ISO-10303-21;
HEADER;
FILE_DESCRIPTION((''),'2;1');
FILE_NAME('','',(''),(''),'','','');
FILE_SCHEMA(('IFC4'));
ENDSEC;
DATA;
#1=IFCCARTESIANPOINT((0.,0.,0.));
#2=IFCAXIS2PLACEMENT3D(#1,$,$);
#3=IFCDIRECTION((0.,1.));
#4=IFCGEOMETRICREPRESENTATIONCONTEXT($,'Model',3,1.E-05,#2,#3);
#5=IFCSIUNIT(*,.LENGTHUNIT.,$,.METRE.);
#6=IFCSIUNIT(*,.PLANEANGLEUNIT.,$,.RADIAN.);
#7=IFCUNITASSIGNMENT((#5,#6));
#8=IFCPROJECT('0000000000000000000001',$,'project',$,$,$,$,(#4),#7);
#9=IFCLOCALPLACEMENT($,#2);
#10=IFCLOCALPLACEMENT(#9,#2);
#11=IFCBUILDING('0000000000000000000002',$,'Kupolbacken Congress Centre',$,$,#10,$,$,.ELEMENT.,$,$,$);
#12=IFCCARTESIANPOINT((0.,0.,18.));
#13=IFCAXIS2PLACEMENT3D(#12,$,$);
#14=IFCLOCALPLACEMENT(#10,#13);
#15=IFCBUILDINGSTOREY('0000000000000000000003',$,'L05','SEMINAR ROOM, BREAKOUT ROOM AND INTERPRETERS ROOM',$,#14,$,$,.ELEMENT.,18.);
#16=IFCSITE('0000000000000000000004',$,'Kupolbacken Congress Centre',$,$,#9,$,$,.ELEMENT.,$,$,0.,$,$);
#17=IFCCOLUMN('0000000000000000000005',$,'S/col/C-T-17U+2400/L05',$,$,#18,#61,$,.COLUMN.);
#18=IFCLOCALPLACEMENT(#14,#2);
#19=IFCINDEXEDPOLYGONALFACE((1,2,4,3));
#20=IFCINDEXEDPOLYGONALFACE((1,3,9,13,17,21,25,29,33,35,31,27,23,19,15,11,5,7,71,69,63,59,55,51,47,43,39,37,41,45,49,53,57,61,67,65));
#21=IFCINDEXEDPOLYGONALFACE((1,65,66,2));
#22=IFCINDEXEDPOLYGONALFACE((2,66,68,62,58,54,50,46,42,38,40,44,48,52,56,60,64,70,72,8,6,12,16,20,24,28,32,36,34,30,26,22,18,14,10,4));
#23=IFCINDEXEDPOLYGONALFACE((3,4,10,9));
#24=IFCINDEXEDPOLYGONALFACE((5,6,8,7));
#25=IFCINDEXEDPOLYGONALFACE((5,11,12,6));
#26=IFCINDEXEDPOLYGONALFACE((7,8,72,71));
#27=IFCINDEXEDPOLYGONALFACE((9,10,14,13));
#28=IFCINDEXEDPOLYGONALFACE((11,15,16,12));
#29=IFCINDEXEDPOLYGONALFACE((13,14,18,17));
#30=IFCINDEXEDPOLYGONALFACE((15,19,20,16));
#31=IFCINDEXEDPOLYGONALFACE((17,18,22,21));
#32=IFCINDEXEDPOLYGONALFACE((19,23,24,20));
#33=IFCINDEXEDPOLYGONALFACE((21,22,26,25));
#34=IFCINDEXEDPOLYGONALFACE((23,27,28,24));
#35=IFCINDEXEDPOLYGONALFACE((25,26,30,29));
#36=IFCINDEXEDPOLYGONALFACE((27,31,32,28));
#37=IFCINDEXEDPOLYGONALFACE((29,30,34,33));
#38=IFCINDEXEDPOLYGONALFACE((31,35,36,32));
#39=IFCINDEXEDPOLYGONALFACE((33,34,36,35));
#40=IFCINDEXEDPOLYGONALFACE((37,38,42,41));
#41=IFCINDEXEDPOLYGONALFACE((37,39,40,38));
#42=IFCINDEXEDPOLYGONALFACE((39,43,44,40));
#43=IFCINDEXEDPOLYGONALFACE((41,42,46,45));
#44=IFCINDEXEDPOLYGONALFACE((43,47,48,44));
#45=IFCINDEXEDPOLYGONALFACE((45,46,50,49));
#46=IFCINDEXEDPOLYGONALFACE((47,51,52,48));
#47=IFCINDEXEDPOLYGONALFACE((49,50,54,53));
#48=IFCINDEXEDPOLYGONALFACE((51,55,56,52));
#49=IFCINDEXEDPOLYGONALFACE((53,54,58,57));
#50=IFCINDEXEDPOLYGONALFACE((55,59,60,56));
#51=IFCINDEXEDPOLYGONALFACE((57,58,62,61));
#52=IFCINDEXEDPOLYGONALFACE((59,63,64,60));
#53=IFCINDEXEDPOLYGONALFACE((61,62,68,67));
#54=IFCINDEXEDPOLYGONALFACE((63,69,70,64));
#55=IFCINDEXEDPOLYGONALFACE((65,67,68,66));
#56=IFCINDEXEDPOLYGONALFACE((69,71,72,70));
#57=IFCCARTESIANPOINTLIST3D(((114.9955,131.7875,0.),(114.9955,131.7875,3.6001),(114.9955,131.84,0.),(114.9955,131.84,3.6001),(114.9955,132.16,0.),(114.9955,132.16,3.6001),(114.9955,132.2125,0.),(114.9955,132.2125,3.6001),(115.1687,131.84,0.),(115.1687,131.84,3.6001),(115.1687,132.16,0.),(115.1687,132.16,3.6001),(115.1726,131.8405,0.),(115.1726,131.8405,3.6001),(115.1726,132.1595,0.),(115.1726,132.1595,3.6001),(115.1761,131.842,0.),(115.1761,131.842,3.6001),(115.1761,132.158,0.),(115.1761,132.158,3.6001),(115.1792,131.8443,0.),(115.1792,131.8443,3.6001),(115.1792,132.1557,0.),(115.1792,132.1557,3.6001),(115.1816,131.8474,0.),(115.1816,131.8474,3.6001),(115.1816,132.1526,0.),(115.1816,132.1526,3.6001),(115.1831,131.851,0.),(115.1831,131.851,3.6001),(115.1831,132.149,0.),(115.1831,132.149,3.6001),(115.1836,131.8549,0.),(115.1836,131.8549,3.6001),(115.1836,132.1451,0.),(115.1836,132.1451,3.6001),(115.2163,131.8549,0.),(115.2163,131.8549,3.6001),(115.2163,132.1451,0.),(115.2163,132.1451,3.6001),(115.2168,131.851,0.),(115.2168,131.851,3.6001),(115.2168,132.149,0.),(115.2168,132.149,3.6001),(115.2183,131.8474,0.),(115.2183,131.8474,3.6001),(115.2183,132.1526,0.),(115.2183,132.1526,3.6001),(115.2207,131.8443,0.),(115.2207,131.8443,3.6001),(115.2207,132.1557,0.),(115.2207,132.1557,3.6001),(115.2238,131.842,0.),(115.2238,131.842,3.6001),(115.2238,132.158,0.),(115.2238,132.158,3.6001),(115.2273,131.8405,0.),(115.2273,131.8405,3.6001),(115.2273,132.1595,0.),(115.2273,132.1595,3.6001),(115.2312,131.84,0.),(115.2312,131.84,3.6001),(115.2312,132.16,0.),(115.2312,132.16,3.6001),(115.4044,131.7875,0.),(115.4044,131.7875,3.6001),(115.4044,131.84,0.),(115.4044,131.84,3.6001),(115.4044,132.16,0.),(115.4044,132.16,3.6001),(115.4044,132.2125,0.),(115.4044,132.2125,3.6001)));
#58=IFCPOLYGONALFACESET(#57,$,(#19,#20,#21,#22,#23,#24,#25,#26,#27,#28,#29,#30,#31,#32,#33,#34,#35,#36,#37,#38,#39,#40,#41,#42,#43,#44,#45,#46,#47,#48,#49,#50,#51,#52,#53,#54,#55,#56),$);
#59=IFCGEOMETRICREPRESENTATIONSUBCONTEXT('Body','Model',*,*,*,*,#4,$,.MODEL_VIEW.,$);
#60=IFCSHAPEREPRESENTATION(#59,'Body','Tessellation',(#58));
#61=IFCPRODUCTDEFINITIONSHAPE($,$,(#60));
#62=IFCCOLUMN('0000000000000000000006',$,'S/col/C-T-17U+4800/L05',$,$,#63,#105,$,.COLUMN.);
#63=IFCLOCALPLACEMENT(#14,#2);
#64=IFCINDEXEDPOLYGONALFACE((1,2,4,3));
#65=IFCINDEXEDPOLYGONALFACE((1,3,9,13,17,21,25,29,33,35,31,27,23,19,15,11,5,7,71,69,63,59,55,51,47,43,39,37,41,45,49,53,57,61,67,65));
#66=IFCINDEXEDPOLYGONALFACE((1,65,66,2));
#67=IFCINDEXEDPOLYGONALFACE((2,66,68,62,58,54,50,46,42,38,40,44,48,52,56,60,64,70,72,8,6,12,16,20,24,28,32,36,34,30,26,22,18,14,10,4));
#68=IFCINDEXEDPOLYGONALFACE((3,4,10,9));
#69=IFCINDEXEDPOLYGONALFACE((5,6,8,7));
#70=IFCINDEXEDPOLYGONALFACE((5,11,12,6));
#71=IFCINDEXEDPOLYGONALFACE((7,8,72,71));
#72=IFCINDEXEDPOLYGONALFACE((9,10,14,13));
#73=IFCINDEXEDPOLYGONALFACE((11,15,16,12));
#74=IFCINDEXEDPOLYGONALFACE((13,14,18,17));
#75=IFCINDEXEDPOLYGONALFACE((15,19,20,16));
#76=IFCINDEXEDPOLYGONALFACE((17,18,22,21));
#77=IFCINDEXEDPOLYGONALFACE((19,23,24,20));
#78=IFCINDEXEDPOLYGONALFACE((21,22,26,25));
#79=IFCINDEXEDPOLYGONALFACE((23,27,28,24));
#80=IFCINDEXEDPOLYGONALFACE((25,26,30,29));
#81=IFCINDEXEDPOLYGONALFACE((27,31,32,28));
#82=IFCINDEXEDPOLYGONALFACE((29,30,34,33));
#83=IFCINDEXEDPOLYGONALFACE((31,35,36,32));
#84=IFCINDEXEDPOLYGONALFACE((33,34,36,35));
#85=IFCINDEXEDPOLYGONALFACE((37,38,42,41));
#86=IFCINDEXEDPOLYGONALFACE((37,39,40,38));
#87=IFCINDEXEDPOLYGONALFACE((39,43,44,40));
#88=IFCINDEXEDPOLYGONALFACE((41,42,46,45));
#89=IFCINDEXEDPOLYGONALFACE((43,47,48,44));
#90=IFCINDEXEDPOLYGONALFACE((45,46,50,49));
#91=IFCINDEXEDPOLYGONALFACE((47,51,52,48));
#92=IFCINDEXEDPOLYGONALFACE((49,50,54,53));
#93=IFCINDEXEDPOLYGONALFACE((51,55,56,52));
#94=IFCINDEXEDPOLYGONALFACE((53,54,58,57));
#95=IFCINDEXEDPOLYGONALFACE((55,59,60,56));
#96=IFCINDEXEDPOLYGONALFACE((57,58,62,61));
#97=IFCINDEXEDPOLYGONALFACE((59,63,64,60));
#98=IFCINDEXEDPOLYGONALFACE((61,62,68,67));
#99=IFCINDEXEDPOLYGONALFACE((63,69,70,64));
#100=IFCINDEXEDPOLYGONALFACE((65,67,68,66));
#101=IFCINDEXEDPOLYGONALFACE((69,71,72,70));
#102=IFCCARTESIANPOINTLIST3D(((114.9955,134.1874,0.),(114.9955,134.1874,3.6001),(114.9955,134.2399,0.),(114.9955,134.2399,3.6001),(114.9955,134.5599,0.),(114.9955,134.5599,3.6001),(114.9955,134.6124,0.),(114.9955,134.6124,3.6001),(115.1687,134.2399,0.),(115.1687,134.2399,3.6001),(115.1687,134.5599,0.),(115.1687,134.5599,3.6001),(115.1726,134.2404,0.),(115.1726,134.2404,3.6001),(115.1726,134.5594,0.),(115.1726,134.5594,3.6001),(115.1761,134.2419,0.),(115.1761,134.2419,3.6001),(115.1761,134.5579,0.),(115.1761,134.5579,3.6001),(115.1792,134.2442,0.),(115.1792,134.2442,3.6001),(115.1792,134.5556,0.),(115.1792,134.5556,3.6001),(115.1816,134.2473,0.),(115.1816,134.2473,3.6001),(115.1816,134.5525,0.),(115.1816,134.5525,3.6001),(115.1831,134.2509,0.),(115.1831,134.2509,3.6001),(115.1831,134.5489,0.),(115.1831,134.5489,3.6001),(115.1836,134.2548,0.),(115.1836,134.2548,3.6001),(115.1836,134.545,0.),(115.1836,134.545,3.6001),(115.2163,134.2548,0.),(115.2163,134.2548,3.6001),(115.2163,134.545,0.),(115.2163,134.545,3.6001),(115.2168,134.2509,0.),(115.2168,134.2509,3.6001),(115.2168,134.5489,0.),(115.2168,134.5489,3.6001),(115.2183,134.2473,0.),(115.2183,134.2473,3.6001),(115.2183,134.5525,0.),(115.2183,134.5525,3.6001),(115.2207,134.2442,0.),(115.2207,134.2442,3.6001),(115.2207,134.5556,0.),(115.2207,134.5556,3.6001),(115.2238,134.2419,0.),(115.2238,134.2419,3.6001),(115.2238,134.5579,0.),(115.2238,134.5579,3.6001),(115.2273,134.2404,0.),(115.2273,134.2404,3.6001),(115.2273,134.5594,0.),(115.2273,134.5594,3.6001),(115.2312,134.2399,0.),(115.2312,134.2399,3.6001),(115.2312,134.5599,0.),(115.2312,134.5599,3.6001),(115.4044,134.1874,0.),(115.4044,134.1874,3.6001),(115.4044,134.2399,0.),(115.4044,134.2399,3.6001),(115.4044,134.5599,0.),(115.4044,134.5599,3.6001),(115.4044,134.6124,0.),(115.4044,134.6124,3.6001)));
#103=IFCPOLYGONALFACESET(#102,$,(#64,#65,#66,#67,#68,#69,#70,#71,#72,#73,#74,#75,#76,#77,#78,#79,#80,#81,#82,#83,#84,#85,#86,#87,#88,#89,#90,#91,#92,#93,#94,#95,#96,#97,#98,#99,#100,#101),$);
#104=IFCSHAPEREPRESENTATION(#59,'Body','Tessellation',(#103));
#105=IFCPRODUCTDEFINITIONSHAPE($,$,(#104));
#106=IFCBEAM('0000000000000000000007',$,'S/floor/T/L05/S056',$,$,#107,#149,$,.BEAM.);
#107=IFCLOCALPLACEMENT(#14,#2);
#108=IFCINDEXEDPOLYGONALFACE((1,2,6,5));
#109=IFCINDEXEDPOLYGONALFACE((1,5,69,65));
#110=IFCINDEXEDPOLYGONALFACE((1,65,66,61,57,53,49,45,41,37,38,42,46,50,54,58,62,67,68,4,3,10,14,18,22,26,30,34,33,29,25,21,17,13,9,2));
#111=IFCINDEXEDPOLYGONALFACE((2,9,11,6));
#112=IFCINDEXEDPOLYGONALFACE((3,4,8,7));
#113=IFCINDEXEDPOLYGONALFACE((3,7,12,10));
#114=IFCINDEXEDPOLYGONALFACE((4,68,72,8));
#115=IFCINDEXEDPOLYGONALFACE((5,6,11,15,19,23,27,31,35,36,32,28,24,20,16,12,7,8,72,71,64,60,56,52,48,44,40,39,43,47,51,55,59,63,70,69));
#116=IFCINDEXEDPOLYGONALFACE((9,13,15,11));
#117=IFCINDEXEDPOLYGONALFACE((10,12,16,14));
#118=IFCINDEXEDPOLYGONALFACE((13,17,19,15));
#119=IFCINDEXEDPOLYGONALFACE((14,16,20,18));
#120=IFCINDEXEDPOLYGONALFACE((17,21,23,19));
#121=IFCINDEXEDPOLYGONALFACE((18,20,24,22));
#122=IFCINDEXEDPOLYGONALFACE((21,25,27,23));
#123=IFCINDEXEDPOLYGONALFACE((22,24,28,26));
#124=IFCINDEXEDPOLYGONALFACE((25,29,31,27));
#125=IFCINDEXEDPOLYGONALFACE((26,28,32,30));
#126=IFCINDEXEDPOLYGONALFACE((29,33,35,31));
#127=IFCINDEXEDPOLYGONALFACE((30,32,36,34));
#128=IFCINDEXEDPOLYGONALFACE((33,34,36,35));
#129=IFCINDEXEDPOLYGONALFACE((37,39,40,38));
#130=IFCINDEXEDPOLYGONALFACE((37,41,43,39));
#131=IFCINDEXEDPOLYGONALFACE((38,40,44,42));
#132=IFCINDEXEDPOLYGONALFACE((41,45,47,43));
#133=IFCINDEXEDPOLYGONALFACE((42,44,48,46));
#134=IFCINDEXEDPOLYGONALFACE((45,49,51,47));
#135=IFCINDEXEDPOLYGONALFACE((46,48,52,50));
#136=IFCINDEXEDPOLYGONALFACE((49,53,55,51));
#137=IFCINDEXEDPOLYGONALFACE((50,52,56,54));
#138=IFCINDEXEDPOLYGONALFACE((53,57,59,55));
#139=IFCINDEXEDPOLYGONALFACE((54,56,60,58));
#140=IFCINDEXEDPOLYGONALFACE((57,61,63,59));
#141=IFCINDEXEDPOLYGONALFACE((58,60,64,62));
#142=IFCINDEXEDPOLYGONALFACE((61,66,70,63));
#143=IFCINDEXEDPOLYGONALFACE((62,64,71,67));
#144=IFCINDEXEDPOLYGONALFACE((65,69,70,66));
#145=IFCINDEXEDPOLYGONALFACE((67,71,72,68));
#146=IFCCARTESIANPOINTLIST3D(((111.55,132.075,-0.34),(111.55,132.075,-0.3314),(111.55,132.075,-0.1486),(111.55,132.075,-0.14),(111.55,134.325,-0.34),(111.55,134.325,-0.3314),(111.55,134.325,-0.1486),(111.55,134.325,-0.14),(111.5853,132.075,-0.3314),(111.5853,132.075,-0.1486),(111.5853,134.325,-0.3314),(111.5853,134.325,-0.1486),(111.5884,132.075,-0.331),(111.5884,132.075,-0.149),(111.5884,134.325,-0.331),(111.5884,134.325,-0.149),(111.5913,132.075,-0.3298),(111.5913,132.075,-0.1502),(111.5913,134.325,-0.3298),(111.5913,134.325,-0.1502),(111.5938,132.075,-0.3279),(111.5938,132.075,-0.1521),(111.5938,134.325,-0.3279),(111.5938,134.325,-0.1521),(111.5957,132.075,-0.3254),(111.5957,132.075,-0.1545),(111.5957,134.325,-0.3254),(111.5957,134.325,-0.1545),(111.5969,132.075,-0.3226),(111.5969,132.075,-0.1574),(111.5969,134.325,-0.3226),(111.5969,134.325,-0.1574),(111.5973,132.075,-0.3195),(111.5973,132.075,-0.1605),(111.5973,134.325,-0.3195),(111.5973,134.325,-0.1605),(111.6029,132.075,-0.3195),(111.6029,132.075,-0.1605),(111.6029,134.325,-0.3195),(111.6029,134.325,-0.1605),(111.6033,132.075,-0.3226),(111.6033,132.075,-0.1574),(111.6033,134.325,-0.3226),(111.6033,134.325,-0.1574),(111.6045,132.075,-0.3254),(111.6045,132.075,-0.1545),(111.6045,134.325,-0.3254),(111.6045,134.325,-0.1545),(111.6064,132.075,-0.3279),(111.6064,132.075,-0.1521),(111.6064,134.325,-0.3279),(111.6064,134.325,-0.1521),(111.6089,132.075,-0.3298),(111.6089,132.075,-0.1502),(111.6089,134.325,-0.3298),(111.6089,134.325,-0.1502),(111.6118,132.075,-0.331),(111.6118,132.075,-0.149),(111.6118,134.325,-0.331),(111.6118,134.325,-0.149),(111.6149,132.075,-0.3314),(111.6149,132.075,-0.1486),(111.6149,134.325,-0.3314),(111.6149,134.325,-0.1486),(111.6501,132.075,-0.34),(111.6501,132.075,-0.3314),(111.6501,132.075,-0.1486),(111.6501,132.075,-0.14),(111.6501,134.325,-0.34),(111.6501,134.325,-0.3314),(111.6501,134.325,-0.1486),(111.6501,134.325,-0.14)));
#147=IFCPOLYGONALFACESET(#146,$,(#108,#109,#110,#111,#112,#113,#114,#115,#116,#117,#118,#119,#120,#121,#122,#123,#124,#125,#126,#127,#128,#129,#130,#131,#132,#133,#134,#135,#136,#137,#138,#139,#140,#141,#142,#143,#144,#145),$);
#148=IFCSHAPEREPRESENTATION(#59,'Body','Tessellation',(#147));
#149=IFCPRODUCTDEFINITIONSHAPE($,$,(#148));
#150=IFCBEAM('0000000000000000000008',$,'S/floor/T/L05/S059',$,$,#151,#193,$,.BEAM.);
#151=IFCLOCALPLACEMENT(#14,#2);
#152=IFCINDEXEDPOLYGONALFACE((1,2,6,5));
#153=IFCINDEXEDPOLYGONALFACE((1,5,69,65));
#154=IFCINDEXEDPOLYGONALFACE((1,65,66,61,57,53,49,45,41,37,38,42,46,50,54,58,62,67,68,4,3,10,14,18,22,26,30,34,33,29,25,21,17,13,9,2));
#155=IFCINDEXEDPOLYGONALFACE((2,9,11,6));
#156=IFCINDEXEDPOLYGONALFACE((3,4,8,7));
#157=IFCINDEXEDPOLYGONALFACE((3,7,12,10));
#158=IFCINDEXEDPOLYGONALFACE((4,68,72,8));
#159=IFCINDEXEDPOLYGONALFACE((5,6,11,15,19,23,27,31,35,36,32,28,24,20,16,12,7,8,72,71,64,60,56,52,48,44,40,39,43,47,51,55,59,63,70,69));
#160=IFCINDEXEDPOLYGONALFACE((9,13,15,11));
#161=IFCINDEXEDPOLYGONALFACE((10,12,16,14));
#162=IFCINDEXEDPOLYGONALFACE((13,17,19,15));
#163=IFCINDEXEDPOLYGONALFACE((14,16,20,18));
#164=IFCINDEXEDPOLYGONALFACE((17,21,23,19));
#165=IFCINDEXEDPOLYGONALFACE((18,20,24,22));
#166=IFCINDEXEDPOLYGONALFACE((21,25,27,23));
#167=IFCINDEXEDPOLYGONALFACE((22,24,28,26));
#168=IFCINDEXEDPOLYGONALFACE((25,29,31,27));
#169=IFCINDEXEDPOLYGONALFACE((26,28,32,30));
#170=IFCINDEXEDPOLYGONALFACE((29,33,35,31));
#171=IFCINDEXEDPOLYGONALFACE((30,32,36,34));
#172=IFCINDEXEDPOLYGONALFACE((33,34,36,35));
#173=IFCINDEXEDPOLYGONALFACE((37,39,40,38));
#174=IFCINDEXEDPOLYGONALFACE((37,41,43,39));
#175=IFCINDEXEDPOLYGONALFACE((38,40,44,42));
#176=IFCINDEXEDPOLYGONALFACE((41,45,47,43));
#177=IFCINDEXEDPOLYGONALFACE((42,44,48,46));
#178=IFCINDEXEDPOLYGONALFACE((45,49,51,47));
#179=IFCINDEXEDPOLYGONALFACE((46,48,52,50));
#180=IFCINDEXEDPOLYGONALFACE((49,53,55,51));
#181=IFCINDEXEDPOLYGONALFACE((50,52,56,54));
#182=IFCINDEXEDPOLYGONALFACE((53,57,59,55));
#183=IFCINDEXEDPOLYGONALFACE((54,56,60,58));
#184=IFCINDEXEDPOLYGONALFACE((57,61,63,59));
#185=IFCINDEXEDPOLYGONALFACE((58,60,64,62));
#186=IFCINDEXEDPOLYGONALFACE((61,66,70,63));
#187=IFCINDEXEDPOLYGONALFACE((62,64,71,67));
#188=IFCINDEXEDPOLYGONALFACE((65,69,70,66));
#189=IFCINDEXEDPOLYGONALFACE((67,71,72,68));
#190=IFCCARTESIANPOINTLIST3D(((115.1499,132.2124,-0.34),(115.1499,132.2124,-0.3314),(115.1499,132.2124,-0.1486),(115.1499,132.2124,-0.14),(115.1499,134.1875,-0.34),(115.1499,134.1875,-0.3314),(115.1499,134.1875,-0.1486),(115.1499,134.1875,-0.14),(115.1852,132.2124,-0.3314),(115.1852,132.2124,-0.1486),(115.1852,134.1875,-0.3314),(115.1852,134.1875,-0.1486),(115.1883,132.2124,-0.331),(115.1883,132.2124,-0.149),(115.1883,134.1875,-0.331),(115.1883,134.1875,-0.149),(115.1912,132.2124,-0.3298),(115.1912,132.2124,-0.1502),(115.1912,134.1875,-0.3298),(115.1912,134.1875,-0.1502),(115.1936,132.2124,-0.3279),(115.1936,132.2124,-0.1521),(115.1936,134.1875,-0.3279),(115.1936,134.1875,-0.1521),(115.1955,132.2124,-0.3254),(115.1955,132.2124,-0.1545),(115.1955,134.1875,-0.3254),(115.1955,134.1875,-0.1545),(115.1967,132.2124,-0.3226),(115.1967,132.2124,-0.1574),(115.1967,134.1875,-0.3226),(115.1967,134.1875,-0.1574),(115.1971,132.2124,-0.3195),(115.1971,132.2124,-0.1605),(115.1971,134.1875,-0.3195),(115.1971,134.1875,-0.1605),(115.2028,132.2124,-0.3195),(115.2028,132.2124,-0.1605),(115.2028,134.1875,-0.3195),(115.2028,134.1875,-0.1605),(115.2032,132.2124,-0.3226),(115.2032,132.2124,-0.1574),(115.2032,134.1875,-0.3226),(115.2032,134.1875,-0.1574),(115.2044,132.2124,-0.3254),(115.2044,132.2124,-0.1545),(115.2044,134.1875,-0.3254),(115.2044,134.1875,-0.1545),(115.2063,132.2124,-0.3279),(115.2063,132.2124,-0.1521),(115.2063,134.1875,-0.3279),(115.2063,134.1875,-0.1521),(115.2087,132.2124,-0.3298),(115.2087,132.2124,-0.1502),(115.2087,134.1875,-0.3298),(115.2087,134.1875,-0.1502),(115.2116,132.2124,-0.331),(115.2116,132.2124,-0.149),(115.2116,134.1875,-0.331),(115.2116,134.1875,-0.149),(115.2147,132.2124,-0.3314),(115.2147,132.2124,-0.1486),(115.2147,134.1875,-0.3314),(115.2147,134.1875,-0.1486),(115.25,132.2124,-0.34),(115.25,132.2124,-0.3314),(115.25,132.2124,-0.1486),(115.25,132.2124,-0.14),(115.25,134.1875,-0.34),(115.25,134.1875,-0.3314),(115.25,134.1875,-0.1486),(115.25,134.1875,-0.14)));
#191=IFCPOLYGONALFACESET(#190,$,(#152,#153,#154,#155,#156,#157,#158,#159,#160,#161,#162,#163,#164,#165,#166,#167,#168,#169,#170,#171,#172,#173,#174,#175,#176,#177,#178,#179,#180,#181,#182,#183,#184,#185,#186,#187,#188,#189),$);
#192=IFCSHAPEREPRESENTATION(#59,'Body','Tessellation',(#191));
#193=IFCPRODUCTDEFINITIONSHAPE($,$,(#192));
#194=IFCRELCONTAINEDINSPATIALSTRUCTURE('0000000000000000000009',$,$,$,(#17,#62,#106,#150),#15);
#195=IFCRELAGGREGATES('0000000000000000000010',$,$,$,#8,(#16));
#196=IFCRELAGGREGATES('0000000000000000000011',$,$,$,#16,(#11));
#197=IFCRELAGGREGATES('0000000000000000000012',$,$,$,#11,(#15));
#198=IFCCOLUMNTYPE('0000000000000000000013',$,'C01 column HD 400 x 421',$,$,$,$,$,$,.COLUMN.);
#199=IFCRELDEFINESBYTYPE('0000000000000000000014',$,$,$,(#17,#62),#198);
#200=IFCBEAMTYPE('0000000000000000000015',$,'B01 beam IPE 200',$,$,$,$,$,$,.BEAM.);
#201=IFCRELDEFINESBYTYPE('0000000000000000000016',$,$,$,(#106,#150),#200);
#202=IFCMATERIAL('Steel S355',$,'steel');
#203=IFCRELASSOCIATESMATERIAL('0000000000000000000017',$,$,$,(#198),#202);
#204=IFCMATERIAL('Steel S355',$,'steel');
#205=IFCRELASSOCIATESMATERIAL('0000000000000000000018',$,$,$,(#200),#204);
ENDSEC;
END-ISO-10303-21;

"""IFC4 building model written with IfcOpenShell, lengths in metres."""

from ifc_helpers import new_model, si_unit, direction, frame, origin, origin_2d, place, context, subcontext, project, spatial, i_section, extrude, material, material_profile, profile_set, type_object, element, save


model = new_model("IFC4")

# Units and contexts
model_context = context("Model", 3, precision=1e-05, world=origin(), true_north=direction((0.0, 1.0)))
body_context = subcontext(model_context, "Body", "Model", "MODEL_VIEW")
ifc_project = project(units=[si_unit("LENGTHUNIT", "METRE"), si_unit("PLANEANGLEUNIT", "RADIAN")], contexts=[model_context])

# Site, building, storey
site_placement = place(None, origin())
site = spatial("IfcSite", under=ifc_project, at=site_placement, Name="Kupolbacken Congress Centre", CompositionType="ELEMENT", RefElevation=0.0)
building_placement = place(site_placement, origin())
building = spatial("IfcBuilding", under=site, at=building_placement, Name="Kupolbacken Congress Centre", CompositionType="ELEMENT")
storey_placement = place(building_placement, frame((0.0, 0.0, 18.0)))
storey = spatial("IfcBuildingStorey", under=building, at=storey_placement, Name="L05", Description="SEMINAR ROOM, BREAKOUT ROOM AND INTERPRETERS ROOM", CompositionType="ELEMENT", Elevation=18.0)

# Columns
ifc_material_1 = material(Name="Steel S355", Category="steel")
ifc_material_profile_1 = material_profile(ifc_material_1, i_section(OverallWidth=0.4089, OverallDepth=0.425, WebThickness=0.0327, FlangeThickness=0.0525, FilletRadius=0.0149, at=origin_2d()), Name="HD 400 x 421")
ifc_profile_set_1 = profile_set([ifc_material_profile_1], Name="Steel S355")
column_type = type_object("IfcColumnType", Name="C01 column HD 400 x 421", PredefinedType="COLUMN", material=ifc_profile_set_1)
for number, where, z_axis, x_axis, name in (
    (1, (115.2, 132.0, 0.0), (0.0, 0.0, 1.0), (1.0, 0.0, 0.0), "S/col/C-T-17U+2400/L05"),
    (2, (115.2, 134.3999, 0.0), (0.0, 0.0, 1.0), (1.0, 0.0, 0.0), "S/col/C-T-17U+4800/L05"),
):
    element("IfcColumn", number, at=place(storey_placement, frame(where, z_axis=z_axis, x_axis=x_axis)), inside=storey, type_object=column_type, Name=name, PredefinedType="COLUMN", context=body_context, shape_type="SweptSolid", body=[
        extrude(i_section(OverallWidth=0.4089, OverallDepth=0.425, WebThickness=0.0327, FlangeThickness=0.0525, FilletRadius=0.0149, at=origin_2d()), origin(), (0.0, 0.0, 1.0), 3.6001),
    ])

# Beams
ifc_material_2 = material(Name="Steel S355", Category="steel")
ifc_material_profile_2 = material_profile(ifc_material_2, i_section(OverallWidth=0.1001, OverallDepth=0.2, WebThickness=0.0056, FlangeThickness=0.0085, FilletRadius=0.012, at=origin_2d()), Name="IPE 200")
ifc_profile_set_2 = profile_set([ifc_material_profile_2], Name="Steel S355")
beam_type_1 = type_object("IfcBeamType", Name="B01 beam IPE 200", PredefinedType="BEAM", material=ifc_profile_set_2)
beam_1_placement = place(storey_placement, frame((111.6001, 132.075, -0.24), z_axis=(0.0, 1.0, 0.0), x_axis=(-1.0, 0.0, 0.0)))
element("IfcBeam", 3, at=beam_1_placement, inside=storey, type_object=beam_type_1, Name="S/floor/T/L05/S056", PredefinedType="BEAM", context=body_context, shape_type="SweptSolid", body=[
    extrude(i_section(OverallWidth=0.1001, OverallDepth=0.2, WebThickness=0.0056, FlangeThickness=0.0085, FilletRadius=0.012, at=origin_2d()), origin(), (0.0, 0.0, 1.0), 2.25),
])
beam_2_placement = place(storey_placement, frame((115.2, 132.2124, -0.24), z_axis=(0.0, 1.0, 0.0), x_axis=(-1.0, 0.0, 0.0)))
element("IfcBeam", 4, at=beam_2_placement, inside=storey, type_object=beam_type_1, Name="S/floor/T/L05/S059", PredefinedType="BEAM", context=body_context, shape_type="SweptSolid", body=[
    extrude(i_section(OverallWidth=0.1001, OverallDepth=0.2, WebThickness=0.0056, FlangeThickness=0.0085, FilletRadius=0.012, at=origin_2d()), origin(), (0.0, 0.0, 1.0), 1.9751),
])

save(model, "model.ifc")
